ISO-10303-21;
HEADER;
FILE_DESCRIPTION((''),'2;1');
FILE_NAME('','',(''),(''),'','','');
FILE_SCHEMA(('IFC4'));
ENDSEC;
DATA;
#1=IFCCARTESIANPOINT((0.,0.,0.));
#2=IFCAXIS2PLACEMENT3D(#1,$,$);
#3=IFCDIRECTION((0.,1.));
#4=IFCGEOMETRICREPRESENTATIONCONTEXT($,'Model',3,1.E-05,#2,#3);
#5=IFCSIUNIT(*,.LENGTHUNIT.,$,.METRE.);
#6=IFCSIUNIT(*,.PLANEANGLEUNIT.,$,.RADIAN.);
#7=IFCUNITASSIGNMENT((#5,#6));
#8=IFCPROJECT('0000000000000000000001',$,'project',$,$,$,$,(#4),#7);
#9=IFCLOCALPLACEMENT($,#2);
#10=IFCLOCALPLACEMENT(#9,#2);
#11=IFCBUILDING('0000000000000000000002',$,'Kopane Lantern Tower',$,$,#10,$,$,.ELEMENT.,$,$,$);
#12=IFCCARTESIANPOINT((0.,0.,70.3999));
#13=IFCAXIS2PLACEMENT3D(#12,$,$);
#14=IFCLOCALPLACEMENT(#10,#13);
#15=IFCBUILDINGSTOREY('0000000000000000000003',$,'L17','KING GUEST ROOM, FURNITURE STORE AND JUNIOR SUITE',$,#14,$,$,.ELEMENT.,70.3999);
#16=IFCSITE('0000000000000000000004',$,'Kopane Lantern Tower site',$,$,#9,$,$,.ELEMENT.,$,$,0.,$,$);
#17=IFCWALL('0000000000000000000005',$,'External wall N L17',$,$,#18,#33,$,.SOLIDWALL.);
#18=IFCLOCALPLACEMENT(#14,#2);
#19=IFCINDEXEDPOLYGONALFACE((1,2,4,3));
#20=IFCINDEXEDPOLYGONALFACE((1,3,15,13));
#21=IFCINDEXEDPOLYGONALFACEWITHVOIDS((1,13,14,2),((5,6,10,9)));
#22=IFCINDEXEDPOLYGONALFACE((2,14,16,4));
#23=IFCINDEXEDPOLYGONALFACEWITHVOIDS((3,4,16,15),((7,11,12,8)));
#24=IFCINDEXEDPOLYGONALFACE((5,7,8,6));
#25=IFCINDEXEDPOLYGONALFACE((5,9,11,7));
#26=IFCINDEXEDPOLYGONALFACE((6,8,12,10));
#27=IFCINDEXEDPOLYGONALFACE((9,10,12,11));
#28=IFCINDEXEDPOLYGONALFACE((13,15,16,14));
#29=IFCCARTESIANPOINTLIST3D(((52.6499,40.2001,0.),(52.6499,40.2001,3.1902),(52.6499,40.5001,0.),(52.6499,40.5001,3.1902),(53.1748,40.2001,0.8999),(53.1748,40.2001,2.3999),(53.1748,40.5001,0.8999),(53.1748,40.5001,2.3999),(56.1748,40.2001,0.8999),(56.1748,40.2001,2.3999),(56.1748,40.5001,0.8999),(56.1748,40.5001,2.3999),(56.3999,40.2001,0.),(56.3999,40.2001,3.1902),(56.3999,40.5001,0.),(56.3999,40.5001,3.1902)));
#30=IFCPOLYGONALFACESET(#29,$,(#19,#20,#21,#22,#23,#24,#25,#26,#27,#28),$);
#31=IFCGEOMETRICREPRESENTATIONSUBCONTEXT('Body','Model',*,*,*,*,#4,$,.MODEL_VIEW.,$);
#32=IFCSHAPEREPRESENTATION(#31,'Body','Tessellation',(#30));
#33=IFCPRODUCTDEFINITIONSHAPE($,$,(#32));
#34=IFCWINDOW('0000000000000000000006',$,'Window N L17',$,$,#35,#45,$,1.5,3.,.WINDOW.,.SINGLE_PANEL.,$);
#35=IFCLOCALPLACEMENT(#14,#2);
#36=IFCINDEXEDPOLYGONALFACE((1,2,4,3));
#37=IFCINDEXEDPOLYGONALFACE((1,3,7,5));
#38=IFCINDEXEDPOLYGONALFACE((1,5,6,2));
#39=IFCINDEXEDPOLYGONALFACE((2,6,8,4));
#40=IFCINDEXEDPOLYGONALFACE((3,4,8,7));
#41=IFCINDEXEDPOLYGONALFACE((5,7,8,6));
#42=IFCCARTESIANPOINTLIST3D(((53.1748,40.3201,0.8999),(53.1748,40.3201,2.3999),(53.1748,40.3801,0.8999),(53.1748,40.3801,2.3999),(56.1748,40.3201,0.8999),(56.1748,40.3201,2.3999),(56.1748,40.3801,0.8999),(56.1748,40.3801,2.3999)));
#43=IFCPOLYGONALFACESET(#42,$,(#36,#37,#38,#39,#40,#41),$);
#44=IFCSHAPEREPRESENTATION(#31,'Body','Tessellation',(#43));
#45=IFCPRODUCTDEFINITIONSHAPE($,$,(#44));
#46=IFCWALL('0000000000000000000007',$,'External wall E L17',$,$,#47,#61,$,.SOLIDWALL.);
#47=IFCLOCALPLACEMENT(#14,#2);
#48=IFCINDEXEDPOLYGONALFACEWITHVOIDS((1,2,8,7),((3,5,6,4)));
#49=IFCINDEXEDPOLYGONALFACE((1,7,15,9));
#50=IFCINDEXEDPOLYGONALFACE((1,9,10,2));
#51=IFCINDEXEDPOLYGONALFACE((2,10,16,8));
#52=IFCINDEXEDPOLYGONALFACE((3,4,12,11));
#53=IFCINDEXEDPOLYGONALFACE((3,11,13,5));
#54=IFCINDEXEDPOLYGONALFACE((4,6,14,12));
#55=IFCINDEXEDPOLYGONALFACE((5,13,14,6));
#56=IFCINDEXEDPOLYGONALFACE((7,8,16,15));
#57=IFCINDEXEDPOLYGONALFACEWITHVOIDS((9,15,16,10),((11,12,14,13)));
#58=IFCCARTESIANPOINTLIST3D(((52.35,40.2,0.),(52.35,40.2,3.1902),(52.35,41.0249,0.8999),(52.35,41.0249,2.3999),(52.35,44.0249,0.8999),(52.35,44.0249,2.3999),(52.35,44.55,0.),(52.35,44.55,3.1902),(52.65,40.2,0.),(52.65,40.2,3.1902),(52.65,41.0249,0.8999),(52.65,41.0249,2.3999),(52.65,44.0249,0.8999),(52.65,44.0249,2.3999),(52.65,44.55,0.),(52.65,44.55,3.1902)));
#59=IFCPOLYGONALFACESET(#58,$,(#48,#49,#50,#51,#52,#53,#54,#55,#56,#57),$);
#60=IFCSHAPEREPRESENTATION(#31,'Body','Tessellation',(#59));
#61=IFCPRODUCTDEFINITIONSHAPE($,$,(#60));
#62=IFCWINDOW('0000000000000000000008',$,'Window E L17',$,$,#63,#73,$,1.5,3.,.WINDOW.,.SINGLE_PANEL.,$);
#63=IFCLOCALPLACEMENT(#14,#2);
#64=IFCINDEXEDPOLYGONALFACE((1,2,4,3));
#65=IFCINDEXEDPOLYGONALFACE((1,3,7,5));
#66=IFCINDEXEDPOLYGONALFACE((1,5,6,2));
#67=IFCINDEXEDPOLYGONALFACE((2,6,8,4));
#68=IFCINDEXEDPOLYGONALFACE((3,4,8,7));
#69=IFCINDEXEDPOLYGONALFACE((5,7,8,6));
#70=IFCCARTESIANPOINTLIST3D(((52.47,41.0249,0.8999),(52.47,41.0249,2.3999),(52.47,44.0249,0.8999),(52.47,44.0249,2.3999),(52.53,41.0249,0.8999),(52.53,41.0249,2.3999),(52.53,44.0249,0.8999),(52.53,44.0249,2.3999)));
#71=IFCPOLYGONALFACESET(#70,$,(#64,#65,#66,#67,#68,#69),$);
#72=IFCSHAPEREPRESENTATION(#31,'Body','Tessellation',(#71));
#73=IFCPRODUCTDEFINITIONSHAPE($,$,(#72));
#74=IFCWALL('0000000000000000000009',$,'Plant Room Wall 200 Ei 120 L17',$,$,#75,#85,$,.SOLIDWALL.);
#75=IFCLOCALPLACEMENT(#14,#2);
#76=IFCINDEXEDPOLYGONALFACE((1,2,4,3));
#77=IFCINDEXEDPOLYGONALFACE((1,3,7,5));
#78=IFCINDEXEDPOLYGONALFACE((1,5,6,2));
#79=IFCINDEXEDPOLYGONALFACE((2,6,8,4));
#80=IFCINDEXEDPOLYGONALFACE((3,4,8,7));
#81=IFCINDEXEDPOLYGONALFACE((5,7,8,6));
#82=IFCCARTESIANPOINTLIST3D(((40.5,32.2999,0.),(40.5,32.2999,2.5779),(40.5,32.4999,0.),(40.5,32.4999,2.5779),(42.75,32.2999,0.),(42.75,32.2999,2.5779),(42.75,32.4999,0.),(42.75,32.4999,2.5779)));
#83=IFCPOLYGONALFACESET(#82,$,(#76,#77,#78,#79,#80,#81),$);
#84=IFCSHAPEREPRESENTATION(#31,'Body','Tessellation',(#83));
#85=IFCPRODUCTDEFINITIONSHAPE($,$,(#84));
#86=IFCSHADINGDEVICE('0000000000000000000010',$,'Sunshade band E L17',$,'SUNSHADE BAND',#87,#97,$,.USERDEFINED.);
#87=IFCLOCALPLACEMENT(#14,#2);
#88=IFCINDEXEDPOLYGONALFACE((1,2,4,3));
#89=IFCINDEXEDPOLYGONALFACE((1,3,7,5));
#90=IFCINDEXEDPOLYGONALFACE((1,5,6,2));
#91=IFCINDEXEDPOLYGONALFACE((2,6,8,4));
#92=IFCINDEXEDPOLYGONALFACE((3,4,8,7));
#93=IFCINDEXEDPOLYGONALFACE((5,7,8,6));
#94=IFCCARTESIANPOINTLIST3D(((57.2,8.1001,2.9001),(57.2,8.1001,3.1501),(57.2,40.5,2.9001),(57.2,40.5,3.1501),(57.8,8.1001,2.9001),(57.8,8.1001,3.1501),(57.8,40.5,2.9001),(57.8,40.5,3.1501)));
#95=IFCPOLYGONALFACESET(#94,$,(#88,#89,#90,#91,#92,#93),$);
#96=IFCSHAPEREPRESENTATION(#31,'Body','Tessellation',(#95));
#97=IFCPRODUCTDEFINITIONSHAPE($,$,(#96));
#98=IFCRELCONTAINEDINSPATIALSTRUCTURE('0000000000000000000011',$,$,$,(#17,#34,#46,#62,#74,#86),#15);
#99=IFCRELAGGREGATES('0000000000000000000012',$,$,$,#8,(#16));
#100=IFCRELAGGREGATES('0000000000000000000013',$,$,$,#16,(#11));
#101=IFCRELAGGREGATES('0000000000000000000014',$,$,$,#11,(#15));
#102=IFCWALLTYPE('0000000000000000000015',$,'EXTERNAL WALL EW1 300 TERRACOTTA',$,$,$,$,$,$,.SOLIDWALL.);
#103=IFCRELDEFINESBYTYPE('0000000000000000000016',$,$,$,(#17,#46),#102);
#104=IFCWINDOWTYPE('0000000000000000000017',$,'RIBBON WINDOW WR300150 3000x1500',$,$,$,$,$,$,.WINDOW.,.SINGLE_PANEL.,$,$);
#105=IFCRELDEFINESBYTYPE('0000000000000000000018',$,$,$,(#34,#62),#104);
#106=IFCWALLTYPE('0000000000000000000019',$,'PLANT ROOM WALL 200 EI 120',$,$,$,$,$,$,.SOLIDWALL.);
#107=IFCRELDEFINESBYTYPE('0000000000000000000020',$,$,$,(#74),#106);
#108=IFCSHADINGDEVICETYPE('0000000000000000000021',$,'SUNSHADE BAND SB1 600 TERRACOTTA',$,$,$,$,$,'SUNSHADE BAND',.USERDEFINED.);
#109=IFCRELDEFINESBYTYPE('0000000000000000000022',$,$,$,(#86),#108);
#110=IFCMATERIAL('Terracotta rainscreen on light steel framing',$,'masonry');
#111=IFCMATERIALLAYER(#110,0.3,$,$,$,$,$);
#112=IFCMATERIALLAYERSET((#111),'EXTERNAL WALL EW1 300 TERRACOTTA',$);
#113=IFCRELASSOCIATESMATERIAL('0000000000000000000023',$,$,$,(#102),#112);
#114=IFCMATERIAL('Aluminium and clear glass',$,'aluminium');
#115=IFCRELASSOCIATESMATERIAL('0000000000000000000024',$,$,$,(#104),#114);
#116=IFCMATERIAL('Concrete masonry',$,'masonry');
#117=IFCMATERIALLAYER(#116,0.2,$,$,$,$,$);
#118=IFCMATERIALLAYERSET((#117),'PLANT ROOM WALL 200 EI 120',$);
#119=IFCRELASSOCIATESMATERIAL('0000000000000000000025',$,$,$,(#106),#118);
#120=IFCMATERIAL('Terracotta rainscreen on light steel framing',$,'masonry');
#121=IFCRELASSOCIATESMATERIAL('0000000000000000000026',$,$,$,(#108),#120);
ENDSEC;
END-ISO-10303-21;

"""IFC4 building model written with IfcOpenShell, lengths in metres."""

from ifc_helpers import new_model, si_unit, direction, frame, frame_2d, origin, origin_2d, place, context, subcontext, project, spatial, rectangle, extrude, material, layer, layer_set, type_object, element, fill, save


model = new_model("IFC4")

# Units and contexts
model_context = context("Model", 3, precision=1e-05, world=origin(), true_north=direction((0.0, 1.0)))
body_context = subcontext(model_context, "Body", "Model", "MODEL_VIEW")
ifc_project = project(units=[si_unit("LENGTHUNIT", "METRE"), si_unit("PLANEANGLEUNIT", "RADIAN")], contexts=[model_context])

# Site, building, storey
site_placement = place(None, origin())
site = spatial("IfcSite", under=ifc_project, at=site_placement, Name="Kopane Lantern Tower site", CompositionType="ELEMENT", RefElevation=0.0)
building_placement = place(site_placement, origin())
building = spatial("IfcBuilding", under=site, at=building_placement, Name="Kopane Lantern Tower", CompositionType="ELEMENT")
storey_placement = place(building_placement, frame((0.0, 0.0, 70.3999)))
storey = spatial("IfcBuildingStorey", under=building, at=storey_placement, Name="L17", Description="KING GUEST ROOM, FURNITURE STORE AND JUNIOR SUITE", CompositionType="ELEMENT", Elevation=70.3999)

# Walls, openings, windows
ifc_material_1 = material(Name="Terracotta rainscreen on light steel framing", Category="masonry")
ifc_layer_1 = layer(ifc_material_1, 0.3)
ifc_layer_set_1 = layer_set([ifc_layer_1], Name="EXTERNAL WALL EW1 300 TERRACOTTA")
wall_type_1 = type_object("IfcWallType", Name="EXTERNAL WALL EW1 300 TERRACOTTA", PredefinedType="SOLIDWALL", material=ifc_layer_set_1)
wall_1_placement = place(storey_placement, frame((56.3999, 40.3501, 0.0), z_axis=(0.0, 0.0, 1.0), x_axis=(-1.0, 0.0, 0.0)))
wall_1 = element("IfcWall", 1, at=wall_1_placement, inside=storey, type_object=wall_type_1, Name="External wall N L17", PredefinedType="SOLIDWALL", context=body_context, shape_type="SweptSolid", body=[
    extrude(rectangle(XDim=3.75, YDim=0.3, at=frame_2d((1.875, 0.0))), origin(), (0.0, 0.0, 1.0), 3.1902),
])
opening_1_placement = place(wall_1_placement, frame((0.2251, 0.0, 0.8999)))
opening_1 = element("IfcOpeningElement", 2, at=opening_1_placement, cuts=wall_1, PredefinedType="OPENING", context=body_context, shape_type="SweptSolid", body=[
    extrude(rectangle(XDim=3.0, YDim=1.5, at=frame_2d((1.5, 0.75))), frame((0.0, 0.1599, 0.0), z_axis=(0.0, -1.0, 0.0), x_axis=(1.0, 0.0, 0.0)), (0.0, 0.0, 1.0), 0.3201),
])
ifc_material_2 = material(Name="Aluminium and clear glass", Category="aluminium")
window_type = type_object("IfcWindowType", Name="RIBBON WINDOW WR300150 3000x1500", PartitioningType="SINGLE_PANEL", PredefinedType="WINDOW", material=ifc_material_2)
window_1_placement = place(opening_1_placement, origin())
window_1 = element("IfcWindow", 3, at=window_1_placement, inside=storey, type_object=window_type, Name="Window N L17", OverallHeight=1.5, OverallWidth=3.0, PartitioningType="SINGLE_PANEL", PredefinedType="WINDOW", context=body_context, shape_type="SweptSolid", body=[
    extrude(rectangle(XDim=3.0, YDim=1.5, at=frame_2d((1.5, 0.75))), frame((0.0, 0.03, 0.0), z_axis=(0.0, -1.0, 0.0), x_axis=(1.0, 0.0, 0.0)), (0.0, 0.0, 1.0), 0.0601),
])
fill(opening_1, window_1)
wall_2_placement = place(storey_placement, frame((52.5, 40.2, 0.0), z_axis=(0.0, 0.0, 1.0), x_axis=(0.0, 1.0, 0.0)))
wall_2 = element("IfcWall", 4, at=wall_2_placement, inside=storey, type_object=wall_type_1, Name="External wall E L17", PredefinedType="SOLIDWALL", context=body_context, shape_type="SweptSolid", body=[
    extrude(rectangle(XDim=4.3501, YDim=0.3, at=frame_2d((2.175, 0.0))), origin(), (0.0, 0.0, 1.0), 3.1902),
])
opening_2_placement = place(wall_2_placement, frame((0.825, 0.0, 0.8999)))
opening_2 = element("IfcOpeningElement", 5, at=opening_2_placement, cuts=wall_2, PredefinedType="OPENING", context=body_context, shape_type="SweptSolid", body=[
    extrude(rectangle(XDim=3.0, YDim=1.5, at=frame_2d((1.5, 0.75))), frame((0.0, 0.1599, 0.0), z_axis=(0.0, -1.0, 0.0), x_axis=(1.0, 0.0, 0.0)), (0.0, 0.0, 1.0), 0.3201),
])
window_2_placement = place(opening_2_placement, origin())
window_2 = element("IfcWindow", 6, at=window_2_placement, inside=storey, type_object=window_type, Name="Window E L17", OverallHeight=1.5, OverallWidth=3.0, PartitioningType="SINGLE_PANEL", PredefinedType="WINDOW", context=body_context, shape_type="SweptSolid", body=[
    extrude(rectangle(XDim=3.0, YDim=1.5, at=frame_2d((1.5, 0.75))), frame((0.0, 0.03, 0.0), z_axis=(0.0, -1.0, 0.0), x_axis=(1.0, 0.0, 0.0)), (0.0, 0.0, 1.0), 0.0601),
])
fill(opening_2, window_2)

# Wall
ifc_material_3 = material(Name="Concrete masonry", Category="masonry")
ifc_layer_2 = layer(ifc_material_3, 0.2)
ifc_layer_set_2 = layer_set([ifc_layer_2], Name="PLANT ROOM WALL 200 EI 120")
wall_type_2 = type_object("IfcWallType", Name="PLANT ROOM WALL 200 EI 120", PredefinedType="SOLIDWALL", material=ifc_layer_set_2)
wall_3_placement = place(storey_placement, frame((40.5, 32.3999, 0.0), z_axis=(0.0, 0.0, 1.0), x_axis=(1.0, 0.0, 0.0)))
element("IfcWall", 7, at=wall_3_placement, inside=storey, type_object=wall_type_2, Name="Plant Room Wall 200 Ei 120 L17", PredefinedType="SOLIDWALL", context=body_context, shape_type="SweptSolid", body=[
    extrude(rectangle(XDim=2.25, YDim=0.2, at=frame_2d((1.125, 0.0))), origin(), (0.0, 0.0, 1.0), 2.5779),
])

# Shading device
ifc_material_4 = material(Name="Terracotta rainscreen on light steel framing", Category="masonry")
shading_device_type = type_object("IfcShadingDeviceType", Name="SUNSHADE BAND SB1 600 TERRACOTTA", ElementType="SUNSHADE BAND", PredefinedType="USERDEFINED", material=ifc_material_4)
shading_device_placement = place(storey_placement, frame((57.5, 24.3, 2.9001), z_axis=(0.0, 0.0, 1.0), x_axis=(0.0, 1.0, 0.0)))
element("IfcShadingDevice", 8, at=shading_device_placement, inside=storey, type_object=shading_device_type, Name="Sunshade band E L17", ObjectType="SUNSHADE BAND", PredefinedType="USERDEFINED", context=body_context, shape_type="SweptSolid", body=[
    extrude(rectangle(XDim=32.3999, YDim=0.6001, at=origin_2d()), origin(), (0.0, 0.0, 1.0), 0.25),
])

save(model, "model.ifc")
